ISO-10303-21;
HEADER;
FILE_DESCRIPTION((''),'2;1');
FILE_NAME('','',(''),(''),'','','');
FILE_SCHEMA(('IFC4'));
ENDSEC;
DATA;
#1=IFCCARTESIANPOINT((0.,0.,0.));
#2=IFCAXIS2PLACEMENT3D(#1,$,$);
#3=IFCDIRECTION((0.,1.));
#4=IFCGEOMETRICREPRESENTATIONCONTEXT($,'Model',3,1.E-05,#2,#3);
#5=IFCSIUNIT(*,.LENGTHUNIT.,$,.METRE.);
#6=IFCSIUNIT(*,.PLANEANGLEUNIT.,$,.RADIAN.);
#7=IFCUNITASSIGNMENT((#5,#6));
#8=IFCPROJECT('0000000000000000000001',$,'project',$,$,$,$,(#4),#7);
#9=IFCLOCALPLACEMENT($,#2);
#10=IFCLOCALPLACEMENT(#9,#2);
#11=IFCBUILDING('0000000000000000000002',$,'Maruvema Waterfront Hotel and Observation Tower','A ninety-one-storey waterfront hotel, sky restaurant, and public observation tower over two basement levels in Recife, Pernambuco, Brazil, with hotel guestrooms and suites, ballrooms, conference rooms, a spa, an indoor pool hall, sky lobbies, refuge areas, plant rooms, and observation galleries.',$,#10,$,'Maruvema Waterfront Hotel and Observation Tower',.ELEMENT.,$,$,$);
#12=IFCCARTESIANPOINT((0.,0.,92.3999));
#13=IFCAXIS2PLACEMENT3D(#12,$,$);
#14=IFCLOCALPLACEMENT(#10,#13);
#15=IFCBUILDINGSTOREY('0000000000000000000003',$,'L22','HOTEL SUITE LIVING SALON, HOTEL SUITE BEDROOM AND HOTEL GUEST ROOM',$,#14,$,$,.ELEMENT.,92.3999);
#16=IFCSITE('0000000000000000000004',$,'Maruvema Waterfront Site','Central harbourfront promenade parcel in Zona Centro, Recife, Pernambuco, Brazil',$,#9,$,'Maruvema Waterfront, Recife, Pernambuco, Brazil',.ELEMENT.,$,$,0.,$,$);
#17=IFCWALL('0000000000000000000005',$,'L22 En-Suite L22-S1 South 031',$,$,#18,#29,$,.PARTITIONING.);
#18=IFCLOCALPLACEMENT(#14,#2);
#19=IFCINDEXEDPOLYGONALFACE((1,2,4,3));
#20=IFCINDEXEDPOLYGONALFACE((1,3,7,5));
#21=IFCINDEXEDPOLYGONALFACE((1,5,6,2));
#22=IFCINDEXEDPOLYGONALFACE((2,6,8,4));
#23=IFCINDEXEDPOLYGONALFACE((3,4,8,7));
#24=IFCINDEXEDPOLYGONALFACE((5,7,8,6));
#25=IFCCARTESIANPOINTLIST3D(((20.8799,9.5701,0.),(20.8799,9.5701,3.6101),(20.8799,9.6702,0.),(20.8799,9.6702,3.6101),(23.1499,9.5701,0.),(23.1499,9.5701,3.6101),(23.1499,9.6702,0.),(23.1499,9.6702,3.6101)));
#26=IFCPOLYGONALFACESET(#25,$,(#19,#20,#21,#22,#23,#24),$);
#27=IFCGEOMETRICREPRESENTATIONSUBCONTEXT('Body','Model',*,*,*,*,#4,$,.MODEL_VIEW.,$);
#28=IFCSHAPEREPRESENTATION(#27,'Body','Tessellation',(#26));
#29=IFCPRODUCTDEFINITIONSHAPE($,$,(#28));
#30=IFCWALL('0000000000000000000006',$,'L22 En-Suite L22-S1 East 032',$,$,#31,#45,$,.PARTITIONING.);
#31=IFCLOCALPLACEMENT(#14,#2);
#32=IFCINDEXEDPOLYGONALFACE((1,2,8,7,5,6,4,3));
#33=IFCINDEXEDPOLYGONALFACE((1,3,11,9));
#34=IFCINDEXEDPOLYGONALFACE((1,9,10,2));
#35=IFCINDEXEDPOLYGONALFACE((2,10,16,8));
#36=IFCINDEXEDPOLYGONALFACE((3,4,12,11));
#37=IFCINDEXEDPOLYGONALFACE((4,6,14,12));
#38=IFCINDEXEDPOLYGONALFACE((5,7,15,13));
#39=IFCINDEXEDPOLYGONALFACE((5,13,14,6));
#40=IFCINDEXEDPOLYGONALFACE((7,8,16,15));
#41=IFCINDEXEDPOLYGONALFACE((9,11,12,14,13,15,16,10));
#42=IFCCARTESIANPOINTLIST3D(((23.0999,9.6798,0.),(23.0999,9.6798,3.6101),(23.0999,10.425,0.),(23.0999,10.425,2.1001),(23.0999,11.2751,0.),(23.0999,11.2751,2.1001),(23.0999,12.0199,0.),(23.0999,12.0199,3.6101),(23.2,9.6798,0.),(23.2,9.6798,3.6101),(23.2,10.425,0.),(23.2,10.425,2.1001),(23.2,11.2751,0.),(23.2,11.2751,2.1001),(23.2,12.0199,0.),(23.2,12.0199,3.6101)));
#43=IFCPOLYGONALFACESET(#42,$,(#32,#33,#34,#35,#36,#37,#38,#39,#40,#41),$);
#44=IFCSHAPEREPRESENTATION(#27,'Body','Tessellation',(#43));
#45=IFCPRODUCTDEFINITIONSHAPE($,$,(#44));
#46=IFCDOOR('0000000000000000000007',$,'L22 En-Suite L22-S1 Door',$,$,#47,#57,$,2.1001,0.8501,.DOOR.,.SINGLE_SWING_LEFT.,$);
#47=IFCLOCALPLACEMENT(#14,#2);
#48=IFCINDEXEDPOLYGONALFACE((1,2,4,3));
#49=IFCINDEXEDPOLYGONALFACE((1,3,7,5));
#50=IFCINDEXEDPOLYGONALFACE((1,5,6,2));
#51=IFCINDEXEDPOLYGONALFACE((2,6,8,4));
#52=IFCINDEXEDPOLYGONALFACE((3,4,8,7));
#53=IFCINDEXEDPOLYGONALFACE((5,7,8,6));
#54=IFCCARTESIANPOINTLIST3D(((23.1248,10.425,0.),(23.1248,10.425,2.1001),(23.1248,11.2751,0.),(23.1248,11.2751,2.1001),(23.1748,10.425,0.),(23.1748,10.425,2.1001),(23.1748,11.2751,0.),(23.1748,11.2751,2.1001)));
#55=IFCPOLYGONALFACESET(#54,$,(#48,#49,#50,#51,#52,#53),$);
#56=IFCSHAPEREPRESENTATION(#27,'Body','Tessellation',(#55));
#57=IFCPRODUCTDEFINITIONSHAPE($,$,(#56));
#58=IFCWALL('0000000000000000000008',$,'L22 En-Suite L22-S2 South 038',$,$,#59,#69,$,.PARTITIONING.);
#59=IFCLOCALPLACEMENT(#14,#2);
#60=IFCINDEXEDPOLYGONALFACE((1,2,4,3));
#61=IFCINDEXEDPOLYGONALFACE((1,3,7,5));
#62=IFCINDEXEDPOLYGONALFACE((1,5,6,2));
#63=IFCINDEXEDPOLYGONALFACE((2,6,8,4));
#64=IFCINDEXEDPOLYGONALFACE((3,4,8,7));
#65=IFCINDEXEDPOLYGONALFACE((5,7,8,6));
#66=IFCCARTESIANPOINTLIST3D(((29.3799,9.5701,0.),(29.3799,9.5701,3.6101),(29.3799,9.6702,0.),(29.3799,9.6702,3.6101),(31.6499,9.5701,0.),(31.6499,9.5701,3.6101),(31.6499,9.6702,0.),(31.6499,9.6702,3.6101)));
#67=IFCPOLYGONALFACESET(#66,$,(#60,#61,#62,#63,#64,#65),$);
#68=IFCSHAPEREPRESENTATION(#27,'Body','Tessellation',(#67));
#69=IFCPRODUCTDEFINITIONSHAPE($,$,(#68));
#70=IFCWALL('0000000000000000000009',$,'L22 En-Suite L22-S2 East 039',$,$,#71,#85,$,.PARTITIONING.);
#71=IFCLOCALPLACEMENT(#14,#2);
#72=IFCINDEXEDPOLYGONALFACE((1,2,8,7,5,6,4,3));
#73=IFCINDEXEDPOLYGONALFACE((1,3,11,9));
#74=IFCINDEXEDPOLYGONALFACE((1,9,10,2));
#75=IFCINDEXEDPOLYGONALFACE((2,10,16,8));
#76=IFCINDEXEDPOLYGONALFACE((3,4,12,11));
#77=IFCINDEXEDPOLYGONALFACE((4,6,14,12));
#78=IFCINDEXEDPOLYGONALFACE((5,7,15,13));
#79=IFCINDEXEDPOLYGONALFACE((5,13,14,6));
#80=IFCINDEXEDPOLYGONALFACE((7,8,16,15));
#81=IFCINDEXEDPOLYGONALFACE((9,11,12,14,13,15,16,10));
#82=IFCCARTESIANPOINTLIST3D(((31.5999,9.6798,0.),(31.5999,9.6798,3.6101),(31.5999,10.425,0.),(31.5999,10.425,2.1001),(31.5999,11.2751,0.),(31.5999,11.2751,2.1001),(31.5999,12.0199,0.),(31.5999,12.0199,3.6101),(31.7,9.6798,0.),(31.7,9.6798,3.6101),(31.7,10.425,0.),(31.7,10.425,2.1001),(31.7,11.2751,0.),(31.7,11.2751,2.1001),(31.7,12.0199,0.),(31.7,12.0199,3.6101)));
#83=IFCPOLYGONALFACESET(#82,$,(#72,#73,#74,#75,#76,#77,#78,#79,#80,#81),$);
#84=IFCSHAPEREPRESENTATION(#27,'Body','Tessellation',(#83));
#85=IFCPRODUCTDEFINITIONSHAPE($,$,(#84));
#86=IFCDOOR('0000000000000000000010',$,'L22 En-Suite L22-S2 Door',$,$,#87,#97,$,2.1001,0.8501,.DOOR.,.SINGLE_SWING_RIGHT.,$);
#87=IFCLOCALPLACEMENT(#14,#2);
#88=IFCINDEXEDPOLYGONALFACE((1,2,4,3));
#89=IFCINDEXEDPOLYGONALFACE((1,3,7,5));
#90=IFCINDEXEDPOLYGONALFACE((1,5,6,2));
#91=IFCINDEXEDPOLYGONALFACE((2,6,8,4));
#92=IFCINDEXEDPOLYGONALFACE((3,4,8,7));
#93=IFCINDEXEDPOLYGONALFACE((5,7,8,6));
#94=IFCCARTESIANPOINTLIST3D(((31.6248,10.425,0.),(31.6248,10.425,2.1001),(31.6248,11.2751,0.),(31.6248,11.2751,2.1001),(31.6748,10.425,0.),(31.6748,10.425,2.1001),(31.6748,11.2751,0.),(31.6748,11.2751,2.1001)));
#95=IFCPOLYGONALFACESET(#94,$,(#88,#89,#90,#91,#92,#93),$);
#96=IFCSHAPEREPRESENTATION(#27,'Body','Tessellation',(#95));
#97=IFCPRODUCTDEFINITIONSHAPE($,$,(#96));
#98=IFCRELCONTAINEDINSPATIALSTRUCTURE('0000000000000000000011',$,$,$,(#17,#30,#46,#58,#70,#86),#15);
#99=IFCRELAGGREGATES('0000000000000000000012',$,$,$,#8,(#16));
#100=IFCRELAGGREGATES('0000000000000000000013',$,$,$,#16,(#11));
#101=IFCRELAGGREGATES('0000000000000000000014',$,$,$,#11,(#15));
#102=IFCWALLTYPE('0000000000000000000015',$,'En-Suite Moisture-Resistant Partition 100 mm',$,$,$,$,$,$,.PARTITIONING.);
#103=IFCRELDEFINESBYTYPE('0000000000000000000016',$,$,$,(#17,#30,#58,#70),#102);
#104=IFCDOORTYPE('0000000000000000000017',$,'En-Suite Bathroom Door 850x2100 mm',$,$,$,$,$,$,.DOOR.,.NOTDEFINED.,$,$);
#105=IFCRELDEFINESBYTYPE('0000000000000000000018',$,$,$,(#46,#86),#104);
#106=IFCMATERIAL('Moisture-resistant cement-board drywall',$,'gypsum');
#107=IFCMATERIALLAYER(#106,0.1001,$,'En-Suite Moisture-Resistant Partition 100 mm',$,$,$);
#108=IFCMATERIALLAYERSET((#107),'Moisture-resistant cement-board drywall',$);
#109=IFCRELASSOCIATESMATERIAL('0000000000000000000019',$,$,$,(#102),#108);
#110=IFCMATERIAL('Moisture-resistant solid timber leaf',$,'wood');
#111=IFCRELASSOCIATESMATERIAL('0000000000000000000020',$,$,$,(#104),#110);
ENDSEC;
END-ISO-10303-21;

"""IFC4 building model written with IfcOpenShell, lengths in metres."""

from ifc_helpers import new_model, si_unit, direction, frame, frame_2d, origin, place, context, subcontext, project, spatial, rectangle, extrude, material, layer, layer_set, type_object, element, fill, save


model = new_model("IFC4")

# Units and contexts
model_context = context("Model", 3, precision=1e-05, world=origin(), true_north=direction((0.0, 1.0)))
body_context = subcontext(model_context, "Body", "Model", "MODEL_VIEW")
ifc_project = project(units=[si_unit("LENGTHUNIT", "METRE"), si_unit("PLANEANGLEUNIT", "RADIAN")], contexts=[model_context])

# Site, building, storey
site_placement = place(None, origin())
site = spatial("IfcSite", under=ifc_project, at=site_placement, Name="Maruvema Waterfront Site", Description="Central harbourfront promenade parcel in Zona Centro, Recife, Pernambuco, Brazil", LongName="Maruvema Waterfront, Recife, Pernambuco, Brazil", CompositionType="ELEMENT", RefElevation=0.0)
building_placement = place(site_placement, origin())
building = spatial("IfcBuilding", under=site, at=building_placement, Name="Maruvema Waterfront Hotel and Observation Tower", Description="A ninety-one-storey waterfront hotel, sky restaurant, and public observation tower over two basement levels in Recife, Pernambuco, Brazil, with hotel guestrooms and suites, ballrooms, conference rooms, a spa, an indoor pool hall, sky lobbies, refuge areas, plant rooms, and observation galleries.", LongName="Maruvema Waterfront Hotel and Observation Tower", CompositionType="ELEMENT")
storey_placement = place(building_placement, frame((0.0, 0.0, 92.3999)))
storey = spatial("IfcBuildingStorey", under=building, at=storey_placement, Name="L22", Description="HOTEL SUITE LIVING SALON, HOTEL SUITE BEDROOM AND HOTEL GUEST ROOM", CompositionType="ELEMENT", Elevation=92.3999)

# Wall
ifc_material_1 = material(Name="Moisture-resistant cement-board drywall", Category="gypsum")
ifc_layer_1 = layer(ifc_material_1, 0.1001, Name="En-Suite Moisture-Resistant Partition 100 mm")
ifc_layer_set_1 = layer_set([ifc_layer_1], Name="Moisture-resistant cement-board drywall")
wall_type_1 = type_object("IfcWallType", Name="En-Suite Moisture-Resistant Partition 100 mm", PredefinedType="PARTITIONING", material=ifc_layer_set_1)
wall_1_placement = place(storey_placement, frame((20.8799, 9.6201, 0.0), z_axis=(0.0, 0.0, 1.0), x_axis=(1.0, 0.0, 0.0)))
element("IfcWall", 1, at=wall_1_placement, inside=storey, type_object=wall_type_1, Name="L22 En-Suite L22-S1 South 031", PredefinedType="PARTITIONING", context=body_context, shape_type="SweptSolid", body=[
    extrude(rectangle(XDim=2.27, YDim=0.1001, at=frame_2d((1.135, 0.0))), origin(), (0.0, 0.0, 1.0), 3.6101),
])

# Wall, opening, door
wall_2_placement = place(storey_placement, frame((23.1499, 9.6799, 0.0), z_axis=(0.0, 0.0, 1.0), x_axis=(0.0, 1.0, 0.0)))
wall_2 = element("IfcWall", 2, at=wall_2_placement, inside=storey, type_object=wall_type_1, Name="L22 En-Suite L22-S1 East 032", PredefinedType="PARTITIONING", context=body_context, shape_type="SweptSolid", body=[
    extrude(rectangle(XDim=2.3401, YDim=0.1001, at=frame_2d((1.1699, 0.0))), origin(), (0.0, 0.0, 1.0), 3.6101),
])
opening_1_placement = place(wall_2_placement, frame((0.7451, 0.0, 0.0)))
opening_1 = element("IfcOpeningElement", 3, at=opening_1_placement, cuts=wall_2, PredefinedType="OPENING", context=body_context, shape_type="SweptSolid", body=[
    extrude(rectangle(XDim=0.8501, YDim=2.1001, at=frame_2d((0.425, 1.05))), frame((0.0, 0.0601, 0.0), z_axis=(0.0, -1.0, 0.0), x_axis=(1.0, 0.0, 0.0)), (0.0, 0.0, 1.0), 0.1201),
])
ifc_material_2 = material(Name="Moisture-resistant solid timber leaf", Category="wood")
door_type_1 = type_object("IfcDoorType", Name="En-Suite Bathroom Door 850x2100 mm", OperationType="NOTDEFINED", PredefinedType="DOOR", material=ifc_material_2)
door_1_placement = place(opening_1_placement, frame((0.8501, 0.0, 0.0), z_axis=(0.0, 0.0, 1.0), x_axis=(-1.0, 0.0, 0.0)))
door_1 = element("IfcDoor", 4, at=door_1_placement, inside=storey, type_object=door_type_1, Name="L22 En-Suite L22-S1 Door", OperationType="SINGLE_SWING_LEFT", OverallHeight=2.1001, OverallWidth=0.8501, PredefinedType="DOOR", context=body_context, shape_type="SweptSolid", body=[
    extrude(rectangle(XDim=0.8501, YDim=2.1001, at=frame_2d((0.425, 1.05))), frame((0.0, 0.0249, 0.0), z_axis=(0.0, -1.0, 0.0), x_axis=(1.0, 0.0, 0.0)), (0.0, 0.0, 1.0), 0.05),
])
fill(opening_1, door_1)

# Wall
wall_3_placement = place(storey_placement, frame((29.3799, 9.6201, 0.0), z_axis=(0.0, 0.0, 1.0), x_axis=(1.0, 0.0, 0.0)))
element("IfcWall", 5, at=wall_3_placement, inside=storey, type_object=wall_type_1, Name="L22 En-Suite L22-S2 South 038", PredefinedType="PARTITIONING", context=body_context, shape_type="SweptSolid", body=[
    extrude(rectangle(XDim=2.27, YDim=0.1001, at=frame_2d((1.135, 0.0))), origin(), (0.0, 0.0, 1.0), 3.6101),
])

# Wall, opening, door
wall_4_placement = place(storey_placement, frame((31.6499, 9.6799, 0.0), z_axis=(0.0, 0.0, 1.0), x_axis=(0.0, 1.0, 0.0)))
wall_4 = element("IfcWall", 6, at=wall_4_placement, inside=storey, type_object=wall_type_1, Name="L22 En-Suite L22-S2 East 039", PredefinedType="PARTITIONING", context=body_context, shape_type="SweptSolid", body=[
    extrude(rectangle(XDim=2.3401, YDim=0.1001, at=frame_2d((1.1699, 0.0))), origin(), (0.0, 0.0, 1.0), 3.6101),
])
opening_2_placement = place(wall_4_placement, frame((0.7451, 0.0, 0.0)))
opening_2 = element("IfcOpeningElement", 7, at=opening_2_placement, cuts=wall_4, PredefinedType="OPENING", context=body_context, shape_type="SweptSolid", body=[
    extrude(rectangle(XDim=0.8501, YDim=2.1001, at=frame_2d((0.425, 1.05))), frame((0.0, 0.0601, 0.0), z_axis=(0.0, -1.0, 0.0), x_axis=(1.0, 0.0, 0.0)), (0.0, 0.0, 1.0), 0.1201),
])
door_2_placement = place(opening_2_placement, frame((0.8501, 0.0, 0.0), z_axis=(0.0, 0.0, 1.0), x_axis=(-1.0, 0.0, 0.0)))
door_2 = element("IfcDoor", 8, at=door_2_placement, inside=storey, type_object=door_type_1, Name="L22 En-Suite L22-S2 Door", OperationType="SINGLE_SWING_RIGHT", OverallHeight=2.1001, OverallWidth=0.8501, PredefinedType="DOOR", context=body_context, shape_type="SweptSolid", body=[
    extrude(rectangle(XDim=0.8501, YDim=2.1001, at=frame_2d((0.425, 1.05))), frame((0.0, 0.0249, 0.0), z_axis=(0.0, -1.0, 0.0), x_axis=(1.0, 0.0, 0.0)), (0.0, 0.0, 1.0), 0.05),
])
fill(opening_2, door_2)

save(model, "model.ifc")
